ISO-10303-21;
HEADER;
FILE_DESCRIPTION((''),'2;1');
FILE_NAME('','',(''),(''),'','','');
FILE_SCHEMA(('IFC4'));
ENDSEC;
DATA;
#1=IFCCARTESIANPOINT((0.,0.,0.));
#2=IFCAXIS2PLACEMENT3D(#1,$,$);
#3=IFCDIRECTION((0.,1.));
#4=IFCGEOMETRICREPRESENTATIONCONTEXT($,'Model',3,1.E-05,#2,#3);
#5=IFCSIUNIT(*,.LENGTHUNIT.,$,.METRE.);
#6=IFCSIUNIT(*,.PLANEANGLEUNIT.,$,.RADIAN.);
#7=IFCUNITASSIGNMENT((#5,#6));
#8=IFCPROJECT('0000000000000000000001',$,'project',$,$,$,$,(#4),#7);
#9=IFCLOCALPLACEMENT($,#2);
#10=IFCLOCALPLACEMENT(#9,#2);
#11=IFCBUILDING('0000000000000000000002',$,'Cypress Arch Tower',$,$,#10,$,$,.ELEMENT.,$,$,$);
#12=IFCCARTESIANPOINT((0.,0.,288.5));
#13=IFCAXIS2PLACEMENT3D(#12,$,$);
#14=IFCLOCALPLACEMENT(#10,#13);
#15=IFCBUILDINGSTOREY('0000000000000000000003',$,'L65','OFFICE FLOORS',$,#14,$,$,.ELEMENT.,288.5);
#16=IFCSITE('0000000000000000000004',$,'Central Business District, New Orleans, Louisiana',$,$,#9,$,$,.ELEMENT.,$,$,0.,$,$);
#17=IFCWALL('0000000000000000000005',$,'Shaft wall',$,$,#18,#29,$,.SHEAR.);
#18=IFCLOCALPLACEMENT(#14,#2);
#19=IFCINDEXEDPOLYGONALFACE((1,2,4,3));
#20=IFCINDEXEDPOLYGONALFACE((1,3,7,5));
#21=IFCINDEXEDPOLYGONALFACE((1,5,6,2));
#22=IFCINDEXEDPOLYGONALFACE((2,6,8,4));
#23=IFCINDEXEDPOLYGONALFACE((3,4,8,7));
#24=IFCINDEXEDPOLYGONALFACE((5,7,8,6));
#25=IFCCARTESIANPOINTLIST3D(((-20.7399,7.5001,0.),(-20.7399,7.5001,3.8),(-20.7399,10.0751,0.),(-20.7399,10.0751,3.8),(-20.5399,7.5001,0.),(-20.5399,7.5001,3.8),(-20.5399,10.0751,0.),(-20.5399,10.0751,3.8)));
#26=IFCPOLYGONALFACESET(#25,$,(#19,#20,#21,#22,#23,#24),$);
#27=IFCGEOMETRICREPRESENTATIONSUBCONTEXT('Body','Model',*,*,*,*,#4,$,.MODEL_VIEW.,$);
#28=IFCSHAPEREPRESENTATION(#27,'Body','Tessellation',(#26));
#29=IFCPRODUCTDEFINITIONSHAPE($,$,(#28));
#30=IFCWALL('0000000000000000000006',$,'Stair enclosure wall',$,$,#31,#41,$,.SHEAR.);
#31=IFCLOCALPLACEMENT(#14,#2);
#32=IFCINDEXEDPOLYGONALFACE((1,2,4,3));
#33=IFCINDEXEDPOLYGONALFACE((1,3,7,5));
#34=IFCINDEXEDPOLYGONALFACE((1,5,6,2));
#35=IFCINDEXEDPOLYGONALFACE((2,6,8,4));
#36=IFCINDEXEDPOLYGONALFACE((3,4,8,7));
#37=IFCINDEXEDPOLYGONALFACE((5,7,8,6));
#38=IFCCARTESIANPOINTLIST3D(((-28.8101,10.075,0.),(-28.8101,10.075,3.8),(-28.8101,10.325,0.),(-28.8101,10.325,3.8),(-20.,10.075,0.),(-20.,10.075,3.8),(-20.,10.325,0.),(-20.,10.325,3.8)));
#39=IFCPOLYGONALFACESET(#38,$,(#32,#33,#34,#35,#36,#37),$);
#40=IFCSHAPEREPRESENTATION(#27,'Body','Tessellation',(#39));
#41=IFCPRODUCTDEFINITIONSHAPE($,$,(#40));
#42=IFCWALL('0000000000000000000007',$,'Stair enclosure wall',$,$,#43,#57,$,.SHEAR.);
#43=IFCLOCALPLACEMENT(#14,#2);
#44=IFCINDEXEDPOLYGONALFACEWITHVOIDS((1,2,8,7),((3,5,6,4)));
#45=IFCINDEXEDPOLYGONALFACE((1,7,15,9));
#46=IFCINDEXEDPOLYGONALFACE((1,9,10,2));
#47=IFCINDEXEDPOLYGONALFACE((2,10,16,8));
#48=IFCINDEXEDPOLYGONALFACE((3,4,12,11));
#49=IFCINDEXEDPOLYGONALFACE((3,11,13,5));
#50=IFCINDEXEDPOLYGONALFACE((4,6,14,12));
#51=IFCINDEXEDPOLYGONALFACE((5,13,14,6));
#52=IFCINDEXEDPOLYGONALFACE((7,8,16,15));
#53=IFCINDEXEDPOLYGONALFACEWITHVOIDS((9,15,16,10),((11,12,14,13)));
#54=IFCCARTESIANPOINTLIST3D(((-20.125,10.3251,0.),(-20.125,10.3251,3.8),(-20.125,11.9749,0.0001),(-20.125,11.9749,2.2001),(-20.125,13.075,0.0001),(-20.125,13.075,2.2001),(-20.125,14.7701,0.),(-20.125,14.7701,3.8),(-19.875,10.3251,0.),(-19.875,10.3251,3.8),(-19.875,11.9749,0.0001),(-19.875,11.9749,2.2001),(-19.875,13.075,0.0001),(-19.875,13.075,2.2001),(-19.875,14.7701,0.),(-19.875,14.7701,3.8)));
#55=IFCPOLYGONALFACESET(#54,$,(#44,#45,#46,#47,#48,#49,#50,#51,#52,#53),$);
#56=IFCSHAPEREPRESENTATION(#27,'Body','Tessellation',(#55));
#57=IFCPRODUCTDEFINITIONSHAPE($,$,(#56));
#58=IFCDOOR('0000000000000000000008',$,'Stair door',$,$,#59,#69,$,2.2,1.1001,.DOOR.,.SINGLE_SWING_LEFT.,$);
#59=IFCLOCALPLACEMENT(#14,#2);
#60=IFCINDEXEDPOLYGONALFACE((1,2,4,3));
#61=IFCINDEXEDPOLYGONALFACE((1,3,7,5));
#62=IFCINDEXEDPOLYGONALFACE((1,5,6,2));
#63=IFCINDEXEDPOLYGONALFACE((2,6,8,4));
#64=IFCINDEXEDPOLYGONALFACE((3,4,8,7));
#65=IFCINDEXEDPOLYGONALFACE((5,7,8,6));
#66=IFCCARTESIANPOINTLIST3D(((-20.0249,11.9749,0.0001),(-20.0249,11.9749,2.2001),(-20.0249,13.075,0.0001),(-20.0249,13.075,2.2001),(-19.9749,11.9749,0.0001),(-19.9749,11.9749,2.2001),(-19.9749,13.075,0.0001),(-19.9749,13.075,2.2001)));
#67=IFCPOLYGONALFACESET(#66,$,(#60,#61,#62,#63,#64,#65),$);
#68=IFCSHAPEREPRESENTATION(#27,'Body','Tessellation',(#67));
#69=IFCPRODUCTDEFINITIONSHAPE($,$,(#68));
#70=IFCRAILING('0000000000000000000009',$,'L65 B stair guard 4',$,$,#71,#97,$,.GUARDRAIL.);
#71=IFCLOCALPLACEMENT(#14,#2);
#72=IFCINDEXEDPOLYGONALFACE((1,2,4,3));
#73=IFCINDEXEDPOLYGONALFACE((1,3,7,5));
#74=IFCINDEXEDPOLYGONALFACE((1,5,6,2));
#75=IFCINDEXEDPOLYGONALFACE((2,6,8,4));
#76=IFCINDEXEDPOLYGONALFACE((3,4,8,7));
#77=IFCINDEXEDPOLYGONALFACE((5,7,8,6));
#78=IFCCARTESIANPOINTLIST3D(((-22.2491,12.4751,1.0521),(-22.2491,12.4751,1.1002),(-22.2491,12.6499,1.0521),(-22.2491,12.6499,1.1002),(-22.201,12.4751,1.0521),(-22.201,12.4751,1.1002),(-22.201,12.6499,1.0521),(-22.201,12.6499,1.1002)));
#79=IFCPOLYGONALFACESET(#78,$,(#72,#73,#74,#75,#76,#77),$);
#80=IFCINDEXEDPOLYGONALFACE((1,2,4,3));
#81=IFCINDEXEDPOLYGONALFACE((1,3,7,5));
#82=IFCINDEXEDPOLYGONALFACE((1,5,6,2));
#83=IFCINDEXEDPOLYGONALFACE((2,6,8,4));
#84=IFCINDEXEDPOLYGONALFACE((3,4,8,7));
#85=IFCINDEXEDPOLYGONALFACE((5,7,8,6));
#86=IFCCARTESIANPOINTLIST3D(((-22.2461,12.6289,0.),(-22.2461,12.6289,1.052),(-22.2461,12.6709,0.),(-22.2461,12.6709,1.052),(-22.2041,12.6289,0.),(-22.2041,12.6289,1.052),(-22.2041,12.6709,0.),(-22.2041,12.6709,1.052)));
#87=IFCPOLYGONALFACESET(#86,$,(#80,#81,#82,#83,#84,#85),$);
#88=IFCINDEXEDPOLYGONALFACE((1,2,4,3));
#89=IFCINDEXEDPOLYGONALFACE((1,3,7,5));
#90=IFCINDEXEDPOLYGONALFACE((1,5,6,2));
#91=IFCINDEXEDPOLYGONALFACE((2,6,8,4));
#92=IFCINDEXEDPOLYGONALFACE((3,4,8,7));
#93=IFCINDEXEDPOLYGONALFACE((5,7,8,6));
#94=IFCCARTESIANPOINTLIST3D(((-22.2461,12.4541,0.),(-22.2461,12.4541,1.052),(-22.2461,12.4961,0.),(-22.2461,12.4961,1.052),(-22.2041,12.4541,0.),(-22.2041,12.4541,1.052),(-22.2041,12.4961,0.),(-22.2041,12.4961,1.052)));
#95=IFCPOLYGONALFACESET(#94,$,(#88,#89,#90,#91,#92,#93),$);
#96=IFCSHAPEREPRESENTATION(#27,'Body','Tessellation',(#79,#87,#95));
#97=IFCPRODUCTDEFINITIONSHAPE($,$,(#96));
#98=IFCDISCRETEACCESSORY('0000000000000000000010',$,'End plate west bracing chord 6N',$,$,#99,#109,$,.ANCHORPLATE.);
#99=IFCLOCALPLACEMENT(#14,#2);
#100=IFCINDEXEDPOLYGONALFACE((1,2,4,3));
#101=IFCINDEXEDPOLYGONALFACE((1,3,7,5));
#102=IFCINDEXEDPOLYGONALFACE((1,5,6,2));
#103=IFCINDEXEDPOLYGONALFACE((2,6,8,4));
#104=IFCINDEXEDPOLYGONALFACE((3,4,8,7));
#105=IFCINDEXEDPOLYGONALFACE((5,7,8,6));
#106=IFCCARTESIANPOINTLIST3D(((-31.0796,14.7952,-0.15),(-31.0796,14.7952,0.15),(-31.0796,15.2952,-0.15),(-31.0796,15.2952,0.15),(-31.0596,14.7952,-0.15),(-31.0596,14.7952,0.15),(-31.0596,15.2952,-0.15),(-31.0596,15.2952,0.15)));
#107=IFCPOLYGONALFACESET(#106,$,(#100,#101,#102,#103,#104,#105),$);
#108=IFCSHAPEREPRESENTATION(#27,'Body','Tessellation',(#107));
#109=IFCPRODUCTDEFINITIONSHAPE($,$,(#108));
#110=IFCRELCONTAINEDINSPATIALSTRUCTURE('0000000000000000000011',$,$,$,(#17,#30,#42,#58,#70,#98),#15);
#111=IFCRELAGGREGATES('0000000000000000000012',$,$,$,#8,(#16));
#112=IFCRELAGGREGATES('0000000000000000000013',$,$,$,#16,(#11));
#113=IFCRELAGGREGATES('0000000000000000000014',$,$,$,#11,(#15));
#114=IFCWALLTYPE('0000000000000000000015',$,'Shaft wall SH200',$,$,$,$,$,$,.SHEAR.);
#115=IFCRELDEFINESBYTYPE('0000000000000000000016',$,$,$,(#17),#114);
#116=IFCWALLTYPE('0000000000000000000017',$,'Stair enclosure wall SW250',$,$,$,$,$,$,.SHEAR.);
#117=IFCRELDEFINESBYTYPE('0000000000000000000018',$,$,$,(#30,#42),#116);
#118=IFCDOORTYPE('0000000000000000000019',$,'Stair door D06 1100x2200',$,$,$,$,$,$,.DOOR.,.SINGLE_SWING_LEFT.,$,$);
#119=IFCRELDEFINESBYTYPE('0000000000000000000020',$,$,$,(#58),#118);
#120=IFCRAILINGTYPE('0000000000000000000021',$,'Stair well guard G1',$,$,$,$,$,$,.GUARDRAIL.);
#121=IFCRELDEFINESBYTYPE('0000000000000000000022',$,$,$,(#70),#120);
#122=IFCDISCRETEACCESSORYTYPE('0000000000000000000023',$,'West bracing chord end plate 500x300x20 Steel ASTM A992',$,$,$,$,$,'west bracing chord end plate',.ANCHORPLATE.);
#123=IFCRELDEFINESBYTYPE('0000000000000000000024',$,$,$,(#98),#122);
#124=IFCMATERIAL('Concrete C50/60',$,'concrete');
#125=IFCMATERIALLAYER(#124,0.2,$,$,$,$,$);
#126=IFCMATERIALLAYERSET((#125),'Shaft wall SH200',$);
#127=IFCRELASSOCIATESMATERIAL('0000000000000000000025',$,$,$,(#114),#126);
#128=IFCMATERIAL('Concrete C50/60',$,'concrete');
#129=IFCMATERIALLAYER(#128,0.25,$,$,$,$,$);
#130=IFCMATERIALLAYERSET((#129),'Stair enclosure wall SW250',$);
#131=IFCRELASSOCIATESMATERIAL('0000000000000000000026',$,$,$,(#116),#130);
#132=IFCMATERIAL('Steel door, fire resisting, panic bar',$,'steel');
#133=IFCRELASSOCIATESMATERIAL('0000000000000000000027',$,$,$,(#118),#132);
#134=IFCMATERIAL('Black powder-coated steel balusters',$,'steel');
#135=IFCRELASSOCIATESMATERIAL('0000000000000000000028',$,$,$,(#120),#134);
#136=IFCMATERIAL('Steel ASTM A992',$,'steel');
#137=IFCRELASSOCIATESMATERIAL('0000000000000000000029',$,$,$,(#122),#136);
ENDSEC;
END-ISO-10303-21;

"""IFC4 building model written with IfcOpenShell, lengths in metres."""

from ifc_helpers import new_model, si_unit, direction, frame, frame_2d, origin, origin_2d, place, context, subcontext, project, spatial, rectangle, extrude, material, layer, layer_set, material_profile, profile_set, type_object, element, fill, save


model = new_model("IFC4")

# Units and contexts
model_context = context("Model", 3, precision=1e-05, world=origin(), true_north=direction((0.0, 1.0)))
body_context = subcontext(model_context, "Body", "Model", "MODEL_VIEW")
ifc_project = project(units=[si_unit("LENGTHUNIT", "METRE"), si_unit("PLANEANGLEUNIT", "RADIAN")], contexts=[model_context])

# Site, building, storey
site_placement = place(None, origin())
site = spatial("IfcSite", under=ifc_project, at=site_placement, Name="Central Business District, New Orleans, Louisiana", CompositionType="ELEMENT", RefElevation=0.0)
building_placement = place(site_placement, origin())
building = spatial("IfcBuilding", under=site, at=building_placement, Name="Cypress Arch Tower", CompositionType="ELEMENT")
storey_placement = place(building_placement, frame((0.0, 0.0, 288.5)))
storey = spatial("IfcBuildingStorey", under=building, at=storey_placement, Name="L65", Description="OFFICE FLOORS", CompositionType="ELEMENT", Elevation=288.5)

# Shared definitions
ifc_material_1 = material(Name="Concrete C50/60", Category="concrete")
ifc_layer_1 = layer(ifc_material_1, 0.2)
ifc_layer_set_1 = layer_set([ifc_layer_1], Name="Shaft wall SH200")
wall_type_1 = type_object("IfcWallType", Name="Shaft wall SH200", PredefinedType="SHEAR", material=ifc_layer_set_1)

# Walls
wall_1_placement = place(storey_placement, frame((-20.6399, 7.5, 0.0), z_axis=(0.0, 0.0, 1.0), x_axis=(0.0, 1.0, 0.0)))
element("IfcWall", 1, at=wall_1_placement, inside=storey, type_object=wall_type_1, Name="Shaft wall", PredefinedType="SHEAR", context=body_context, shape_type="SweptSolid", body=[
    extrude(rectangle(XDim=2.575, YDim=0.2, at=frame_2d((1.2876, 0.0))), origin(), (0.0, 0.0, 1.0), 3.8),
])
ifc_material_2 = material(Name="Concrete C50/60", Category="concrete")
ifc_layer_2 = layer(ifc_material_2, 0.25)
ifc_layer_set_2 = layer_set([ifc_layer_2], Name="Stair enclosure wall SW250")
wall_type_2 = type_object("IfcWallType", Name="Stair enclosure wall SW250", PredefinedType="SHEAR", material=ifc_layer_set_2)
wall_2_placement = place(storey_placement, frame((-28.8101, 10.2, 0.0), z_axis=(0.0, 0.0, 1.0), x_axis=(1.0, 0.0, 0.0)))
element("IfcWall", 2, at=wall_2_placement, inside=storey, type_object=wall_type_2, Name="Stair enclosure wall", PredefinedType="SHEAR", context=body_context, shape_type="SweptSolid", body=[
    extrude(rectangle(XDim=8.8101, YDim=0.25, at=frame_2d((4.405, 0.0))), origin(), (0.0, 0.0, 1.0), 3.8),
])

# Wall, opening, door
wall_3_placement = place(storey_placement, frame((-20.0, 10.325, 0.0), z_axis=(0.0, 0.0, 1.0), x_axis=(0.0, 1.0, 0.0)))
wall_3 = element("IfcWall", 3, at=wall_3_placement, inside=storey, type_object=wall_type_2, Name="Stair enclosure wall", PredefinedType="SHEAR", context=body_context, shape_type="SweptSolid", body=[
    extrude(rectangle(XDim=4.4451, YDim=0.25, at=frame_2d((2.2227, 0.0))), origin(), (0.0, 0.0, 1.0), 3.8),
])
opening_1_placement = place(wall_3_placement, frame((1.6499, 0.0, 0.0)))
opening_1 = element("IfcOpeningElement", 4, at=opening_1_placement, cuts=wall_3, PredefinedType="OPENING", context=body_context, shape_type="SweptSolid", body=[
    extrude(rectangle(XDim=1.1001, YDim=2.2, at=frame_2d((0.55, 1.1001))), frame((0.0, 0.135, 0.0), z_axis=(0.0, -1.0, 0.0), x_axis=(1.0, 0.0, 0.0)), (0.0, 0.0, 1.0), 0.27),
])
ifc_material_3 = material(Name="Steel door, fire resisting, panic bar", Category="steel")
door_type_1 = type_object("IfcDoorType", Name="Stair door D06 1100x2200", OperationType="SINGLE_SWING_LEFT", PredefinedType="DOOR", material=ifc_material_3)
door_1_placement = place(opening_1_placement, origin())
door_1 = element("IfcDoor", 5, at=door_1_placement, inside=storey, type_object=door_type_1, Name="Stair door", OperationType="SINGLE_SWING_LEFT", OverallHeight=2.2, OverallWidth=1.1001, PredefinedType="DOOR", context=body_context, shape_type="SweptSolid", body=[
    extrude(rectangle(XDim=1.1001, YDim=2.2, at=frame_2d((0.55, 1.1001))), frame((0.0, 0.0249, 0.0), z_axis=(0.0, -1.0, 0.0), x_axis=(1.0, 0.0, 0.0)), (0.0, 0.0, 1.0), 0.05),
])
fill(opening_1, door_1)

# Railing
ifc_material_4 = material(Name="Black powder-coated steel balusters", Category="steel")
railing_type = type_object("IfcRailingType", Name="Stair well guard G1", PredefinedType="GUARDRAIL", material=ifc_material_4)
railing_placement = place(storey_placement, frame((-22.2251, 12.6499, 0.0)))
element("IfcRailing", 6, at=railing_placement, inside=storey, type_object=railing_type, Name="L65 B stair guard 4", PredefinedType="GUARDRAIL", context=body_context, shape_type="SweptSolid", body=[
    extrude(rectangle(XDim=0.0481, YDim=0.0481, at=origin_2d()), frame((0.0, 0.0, 1.0762), z_axis=(0.0, -1.0, 0.0), x_axis=(1.0, 0.0, 0.0)), (0.0, 0.0, 1.0), 0.1748),
    extrude(rectangle(XDim=0.042, YDim=0.042, at=origin_2d()), origin(), (0.0, 0.0, 1.0), 1.052),
    extrude(rectangle(XDim=0.042, YDim=0.042, at=origin_2d()), frame((0.0, -0.1748, 0.0)), (0.0, 0.0, 1.0), 1.052),
])

# Discrete accessory
ifc_material_5 = material(Name="Steel ASTM A992", Category="steel")
ifc_material_profile_1 = material_profile(ifc_material_5, rectangle(XDim=0.5, YDim=0.3, at=origin_2d()), Name="PL 20 500x300")
ifc_profile_set_1 = profile_set([ifc_material_profile_1], Name="Steel ASTM A992")
discrete_accessory_type = type_object("IfcDiscreteAccessoryType", Name="West bracing chord end plate 500x300x20 Steel ASTM A992", ElementType="west bracing chord end plate", PredefinedType="ANCHORPLATE", material=ifc_profile_set_1)
discrete_accessory_placement = place(storey_placement, frame((-31.0596, 15.0452, 0.0), z_axis=(-1.0, 0.0, 0.0), x_axis=(0.0, -1.0, 0.0)))
element("IfcDiscreteAccessory", 7, at=discrete_accessory_placement, inside=storey, type_object=discrete_accessory_type, Name="End plate west bracing chord 6N", PredefinedType="ANCHORPLATE", context=body_context, shape_type="SweptSolid", body=[
    extrude(rectangle(XDim=0.5, YDim=0.3, at=origin_2d()), origin(), (0.0, 0.0, 1.0), 0.02),
])

save(model, "model.ifc")
